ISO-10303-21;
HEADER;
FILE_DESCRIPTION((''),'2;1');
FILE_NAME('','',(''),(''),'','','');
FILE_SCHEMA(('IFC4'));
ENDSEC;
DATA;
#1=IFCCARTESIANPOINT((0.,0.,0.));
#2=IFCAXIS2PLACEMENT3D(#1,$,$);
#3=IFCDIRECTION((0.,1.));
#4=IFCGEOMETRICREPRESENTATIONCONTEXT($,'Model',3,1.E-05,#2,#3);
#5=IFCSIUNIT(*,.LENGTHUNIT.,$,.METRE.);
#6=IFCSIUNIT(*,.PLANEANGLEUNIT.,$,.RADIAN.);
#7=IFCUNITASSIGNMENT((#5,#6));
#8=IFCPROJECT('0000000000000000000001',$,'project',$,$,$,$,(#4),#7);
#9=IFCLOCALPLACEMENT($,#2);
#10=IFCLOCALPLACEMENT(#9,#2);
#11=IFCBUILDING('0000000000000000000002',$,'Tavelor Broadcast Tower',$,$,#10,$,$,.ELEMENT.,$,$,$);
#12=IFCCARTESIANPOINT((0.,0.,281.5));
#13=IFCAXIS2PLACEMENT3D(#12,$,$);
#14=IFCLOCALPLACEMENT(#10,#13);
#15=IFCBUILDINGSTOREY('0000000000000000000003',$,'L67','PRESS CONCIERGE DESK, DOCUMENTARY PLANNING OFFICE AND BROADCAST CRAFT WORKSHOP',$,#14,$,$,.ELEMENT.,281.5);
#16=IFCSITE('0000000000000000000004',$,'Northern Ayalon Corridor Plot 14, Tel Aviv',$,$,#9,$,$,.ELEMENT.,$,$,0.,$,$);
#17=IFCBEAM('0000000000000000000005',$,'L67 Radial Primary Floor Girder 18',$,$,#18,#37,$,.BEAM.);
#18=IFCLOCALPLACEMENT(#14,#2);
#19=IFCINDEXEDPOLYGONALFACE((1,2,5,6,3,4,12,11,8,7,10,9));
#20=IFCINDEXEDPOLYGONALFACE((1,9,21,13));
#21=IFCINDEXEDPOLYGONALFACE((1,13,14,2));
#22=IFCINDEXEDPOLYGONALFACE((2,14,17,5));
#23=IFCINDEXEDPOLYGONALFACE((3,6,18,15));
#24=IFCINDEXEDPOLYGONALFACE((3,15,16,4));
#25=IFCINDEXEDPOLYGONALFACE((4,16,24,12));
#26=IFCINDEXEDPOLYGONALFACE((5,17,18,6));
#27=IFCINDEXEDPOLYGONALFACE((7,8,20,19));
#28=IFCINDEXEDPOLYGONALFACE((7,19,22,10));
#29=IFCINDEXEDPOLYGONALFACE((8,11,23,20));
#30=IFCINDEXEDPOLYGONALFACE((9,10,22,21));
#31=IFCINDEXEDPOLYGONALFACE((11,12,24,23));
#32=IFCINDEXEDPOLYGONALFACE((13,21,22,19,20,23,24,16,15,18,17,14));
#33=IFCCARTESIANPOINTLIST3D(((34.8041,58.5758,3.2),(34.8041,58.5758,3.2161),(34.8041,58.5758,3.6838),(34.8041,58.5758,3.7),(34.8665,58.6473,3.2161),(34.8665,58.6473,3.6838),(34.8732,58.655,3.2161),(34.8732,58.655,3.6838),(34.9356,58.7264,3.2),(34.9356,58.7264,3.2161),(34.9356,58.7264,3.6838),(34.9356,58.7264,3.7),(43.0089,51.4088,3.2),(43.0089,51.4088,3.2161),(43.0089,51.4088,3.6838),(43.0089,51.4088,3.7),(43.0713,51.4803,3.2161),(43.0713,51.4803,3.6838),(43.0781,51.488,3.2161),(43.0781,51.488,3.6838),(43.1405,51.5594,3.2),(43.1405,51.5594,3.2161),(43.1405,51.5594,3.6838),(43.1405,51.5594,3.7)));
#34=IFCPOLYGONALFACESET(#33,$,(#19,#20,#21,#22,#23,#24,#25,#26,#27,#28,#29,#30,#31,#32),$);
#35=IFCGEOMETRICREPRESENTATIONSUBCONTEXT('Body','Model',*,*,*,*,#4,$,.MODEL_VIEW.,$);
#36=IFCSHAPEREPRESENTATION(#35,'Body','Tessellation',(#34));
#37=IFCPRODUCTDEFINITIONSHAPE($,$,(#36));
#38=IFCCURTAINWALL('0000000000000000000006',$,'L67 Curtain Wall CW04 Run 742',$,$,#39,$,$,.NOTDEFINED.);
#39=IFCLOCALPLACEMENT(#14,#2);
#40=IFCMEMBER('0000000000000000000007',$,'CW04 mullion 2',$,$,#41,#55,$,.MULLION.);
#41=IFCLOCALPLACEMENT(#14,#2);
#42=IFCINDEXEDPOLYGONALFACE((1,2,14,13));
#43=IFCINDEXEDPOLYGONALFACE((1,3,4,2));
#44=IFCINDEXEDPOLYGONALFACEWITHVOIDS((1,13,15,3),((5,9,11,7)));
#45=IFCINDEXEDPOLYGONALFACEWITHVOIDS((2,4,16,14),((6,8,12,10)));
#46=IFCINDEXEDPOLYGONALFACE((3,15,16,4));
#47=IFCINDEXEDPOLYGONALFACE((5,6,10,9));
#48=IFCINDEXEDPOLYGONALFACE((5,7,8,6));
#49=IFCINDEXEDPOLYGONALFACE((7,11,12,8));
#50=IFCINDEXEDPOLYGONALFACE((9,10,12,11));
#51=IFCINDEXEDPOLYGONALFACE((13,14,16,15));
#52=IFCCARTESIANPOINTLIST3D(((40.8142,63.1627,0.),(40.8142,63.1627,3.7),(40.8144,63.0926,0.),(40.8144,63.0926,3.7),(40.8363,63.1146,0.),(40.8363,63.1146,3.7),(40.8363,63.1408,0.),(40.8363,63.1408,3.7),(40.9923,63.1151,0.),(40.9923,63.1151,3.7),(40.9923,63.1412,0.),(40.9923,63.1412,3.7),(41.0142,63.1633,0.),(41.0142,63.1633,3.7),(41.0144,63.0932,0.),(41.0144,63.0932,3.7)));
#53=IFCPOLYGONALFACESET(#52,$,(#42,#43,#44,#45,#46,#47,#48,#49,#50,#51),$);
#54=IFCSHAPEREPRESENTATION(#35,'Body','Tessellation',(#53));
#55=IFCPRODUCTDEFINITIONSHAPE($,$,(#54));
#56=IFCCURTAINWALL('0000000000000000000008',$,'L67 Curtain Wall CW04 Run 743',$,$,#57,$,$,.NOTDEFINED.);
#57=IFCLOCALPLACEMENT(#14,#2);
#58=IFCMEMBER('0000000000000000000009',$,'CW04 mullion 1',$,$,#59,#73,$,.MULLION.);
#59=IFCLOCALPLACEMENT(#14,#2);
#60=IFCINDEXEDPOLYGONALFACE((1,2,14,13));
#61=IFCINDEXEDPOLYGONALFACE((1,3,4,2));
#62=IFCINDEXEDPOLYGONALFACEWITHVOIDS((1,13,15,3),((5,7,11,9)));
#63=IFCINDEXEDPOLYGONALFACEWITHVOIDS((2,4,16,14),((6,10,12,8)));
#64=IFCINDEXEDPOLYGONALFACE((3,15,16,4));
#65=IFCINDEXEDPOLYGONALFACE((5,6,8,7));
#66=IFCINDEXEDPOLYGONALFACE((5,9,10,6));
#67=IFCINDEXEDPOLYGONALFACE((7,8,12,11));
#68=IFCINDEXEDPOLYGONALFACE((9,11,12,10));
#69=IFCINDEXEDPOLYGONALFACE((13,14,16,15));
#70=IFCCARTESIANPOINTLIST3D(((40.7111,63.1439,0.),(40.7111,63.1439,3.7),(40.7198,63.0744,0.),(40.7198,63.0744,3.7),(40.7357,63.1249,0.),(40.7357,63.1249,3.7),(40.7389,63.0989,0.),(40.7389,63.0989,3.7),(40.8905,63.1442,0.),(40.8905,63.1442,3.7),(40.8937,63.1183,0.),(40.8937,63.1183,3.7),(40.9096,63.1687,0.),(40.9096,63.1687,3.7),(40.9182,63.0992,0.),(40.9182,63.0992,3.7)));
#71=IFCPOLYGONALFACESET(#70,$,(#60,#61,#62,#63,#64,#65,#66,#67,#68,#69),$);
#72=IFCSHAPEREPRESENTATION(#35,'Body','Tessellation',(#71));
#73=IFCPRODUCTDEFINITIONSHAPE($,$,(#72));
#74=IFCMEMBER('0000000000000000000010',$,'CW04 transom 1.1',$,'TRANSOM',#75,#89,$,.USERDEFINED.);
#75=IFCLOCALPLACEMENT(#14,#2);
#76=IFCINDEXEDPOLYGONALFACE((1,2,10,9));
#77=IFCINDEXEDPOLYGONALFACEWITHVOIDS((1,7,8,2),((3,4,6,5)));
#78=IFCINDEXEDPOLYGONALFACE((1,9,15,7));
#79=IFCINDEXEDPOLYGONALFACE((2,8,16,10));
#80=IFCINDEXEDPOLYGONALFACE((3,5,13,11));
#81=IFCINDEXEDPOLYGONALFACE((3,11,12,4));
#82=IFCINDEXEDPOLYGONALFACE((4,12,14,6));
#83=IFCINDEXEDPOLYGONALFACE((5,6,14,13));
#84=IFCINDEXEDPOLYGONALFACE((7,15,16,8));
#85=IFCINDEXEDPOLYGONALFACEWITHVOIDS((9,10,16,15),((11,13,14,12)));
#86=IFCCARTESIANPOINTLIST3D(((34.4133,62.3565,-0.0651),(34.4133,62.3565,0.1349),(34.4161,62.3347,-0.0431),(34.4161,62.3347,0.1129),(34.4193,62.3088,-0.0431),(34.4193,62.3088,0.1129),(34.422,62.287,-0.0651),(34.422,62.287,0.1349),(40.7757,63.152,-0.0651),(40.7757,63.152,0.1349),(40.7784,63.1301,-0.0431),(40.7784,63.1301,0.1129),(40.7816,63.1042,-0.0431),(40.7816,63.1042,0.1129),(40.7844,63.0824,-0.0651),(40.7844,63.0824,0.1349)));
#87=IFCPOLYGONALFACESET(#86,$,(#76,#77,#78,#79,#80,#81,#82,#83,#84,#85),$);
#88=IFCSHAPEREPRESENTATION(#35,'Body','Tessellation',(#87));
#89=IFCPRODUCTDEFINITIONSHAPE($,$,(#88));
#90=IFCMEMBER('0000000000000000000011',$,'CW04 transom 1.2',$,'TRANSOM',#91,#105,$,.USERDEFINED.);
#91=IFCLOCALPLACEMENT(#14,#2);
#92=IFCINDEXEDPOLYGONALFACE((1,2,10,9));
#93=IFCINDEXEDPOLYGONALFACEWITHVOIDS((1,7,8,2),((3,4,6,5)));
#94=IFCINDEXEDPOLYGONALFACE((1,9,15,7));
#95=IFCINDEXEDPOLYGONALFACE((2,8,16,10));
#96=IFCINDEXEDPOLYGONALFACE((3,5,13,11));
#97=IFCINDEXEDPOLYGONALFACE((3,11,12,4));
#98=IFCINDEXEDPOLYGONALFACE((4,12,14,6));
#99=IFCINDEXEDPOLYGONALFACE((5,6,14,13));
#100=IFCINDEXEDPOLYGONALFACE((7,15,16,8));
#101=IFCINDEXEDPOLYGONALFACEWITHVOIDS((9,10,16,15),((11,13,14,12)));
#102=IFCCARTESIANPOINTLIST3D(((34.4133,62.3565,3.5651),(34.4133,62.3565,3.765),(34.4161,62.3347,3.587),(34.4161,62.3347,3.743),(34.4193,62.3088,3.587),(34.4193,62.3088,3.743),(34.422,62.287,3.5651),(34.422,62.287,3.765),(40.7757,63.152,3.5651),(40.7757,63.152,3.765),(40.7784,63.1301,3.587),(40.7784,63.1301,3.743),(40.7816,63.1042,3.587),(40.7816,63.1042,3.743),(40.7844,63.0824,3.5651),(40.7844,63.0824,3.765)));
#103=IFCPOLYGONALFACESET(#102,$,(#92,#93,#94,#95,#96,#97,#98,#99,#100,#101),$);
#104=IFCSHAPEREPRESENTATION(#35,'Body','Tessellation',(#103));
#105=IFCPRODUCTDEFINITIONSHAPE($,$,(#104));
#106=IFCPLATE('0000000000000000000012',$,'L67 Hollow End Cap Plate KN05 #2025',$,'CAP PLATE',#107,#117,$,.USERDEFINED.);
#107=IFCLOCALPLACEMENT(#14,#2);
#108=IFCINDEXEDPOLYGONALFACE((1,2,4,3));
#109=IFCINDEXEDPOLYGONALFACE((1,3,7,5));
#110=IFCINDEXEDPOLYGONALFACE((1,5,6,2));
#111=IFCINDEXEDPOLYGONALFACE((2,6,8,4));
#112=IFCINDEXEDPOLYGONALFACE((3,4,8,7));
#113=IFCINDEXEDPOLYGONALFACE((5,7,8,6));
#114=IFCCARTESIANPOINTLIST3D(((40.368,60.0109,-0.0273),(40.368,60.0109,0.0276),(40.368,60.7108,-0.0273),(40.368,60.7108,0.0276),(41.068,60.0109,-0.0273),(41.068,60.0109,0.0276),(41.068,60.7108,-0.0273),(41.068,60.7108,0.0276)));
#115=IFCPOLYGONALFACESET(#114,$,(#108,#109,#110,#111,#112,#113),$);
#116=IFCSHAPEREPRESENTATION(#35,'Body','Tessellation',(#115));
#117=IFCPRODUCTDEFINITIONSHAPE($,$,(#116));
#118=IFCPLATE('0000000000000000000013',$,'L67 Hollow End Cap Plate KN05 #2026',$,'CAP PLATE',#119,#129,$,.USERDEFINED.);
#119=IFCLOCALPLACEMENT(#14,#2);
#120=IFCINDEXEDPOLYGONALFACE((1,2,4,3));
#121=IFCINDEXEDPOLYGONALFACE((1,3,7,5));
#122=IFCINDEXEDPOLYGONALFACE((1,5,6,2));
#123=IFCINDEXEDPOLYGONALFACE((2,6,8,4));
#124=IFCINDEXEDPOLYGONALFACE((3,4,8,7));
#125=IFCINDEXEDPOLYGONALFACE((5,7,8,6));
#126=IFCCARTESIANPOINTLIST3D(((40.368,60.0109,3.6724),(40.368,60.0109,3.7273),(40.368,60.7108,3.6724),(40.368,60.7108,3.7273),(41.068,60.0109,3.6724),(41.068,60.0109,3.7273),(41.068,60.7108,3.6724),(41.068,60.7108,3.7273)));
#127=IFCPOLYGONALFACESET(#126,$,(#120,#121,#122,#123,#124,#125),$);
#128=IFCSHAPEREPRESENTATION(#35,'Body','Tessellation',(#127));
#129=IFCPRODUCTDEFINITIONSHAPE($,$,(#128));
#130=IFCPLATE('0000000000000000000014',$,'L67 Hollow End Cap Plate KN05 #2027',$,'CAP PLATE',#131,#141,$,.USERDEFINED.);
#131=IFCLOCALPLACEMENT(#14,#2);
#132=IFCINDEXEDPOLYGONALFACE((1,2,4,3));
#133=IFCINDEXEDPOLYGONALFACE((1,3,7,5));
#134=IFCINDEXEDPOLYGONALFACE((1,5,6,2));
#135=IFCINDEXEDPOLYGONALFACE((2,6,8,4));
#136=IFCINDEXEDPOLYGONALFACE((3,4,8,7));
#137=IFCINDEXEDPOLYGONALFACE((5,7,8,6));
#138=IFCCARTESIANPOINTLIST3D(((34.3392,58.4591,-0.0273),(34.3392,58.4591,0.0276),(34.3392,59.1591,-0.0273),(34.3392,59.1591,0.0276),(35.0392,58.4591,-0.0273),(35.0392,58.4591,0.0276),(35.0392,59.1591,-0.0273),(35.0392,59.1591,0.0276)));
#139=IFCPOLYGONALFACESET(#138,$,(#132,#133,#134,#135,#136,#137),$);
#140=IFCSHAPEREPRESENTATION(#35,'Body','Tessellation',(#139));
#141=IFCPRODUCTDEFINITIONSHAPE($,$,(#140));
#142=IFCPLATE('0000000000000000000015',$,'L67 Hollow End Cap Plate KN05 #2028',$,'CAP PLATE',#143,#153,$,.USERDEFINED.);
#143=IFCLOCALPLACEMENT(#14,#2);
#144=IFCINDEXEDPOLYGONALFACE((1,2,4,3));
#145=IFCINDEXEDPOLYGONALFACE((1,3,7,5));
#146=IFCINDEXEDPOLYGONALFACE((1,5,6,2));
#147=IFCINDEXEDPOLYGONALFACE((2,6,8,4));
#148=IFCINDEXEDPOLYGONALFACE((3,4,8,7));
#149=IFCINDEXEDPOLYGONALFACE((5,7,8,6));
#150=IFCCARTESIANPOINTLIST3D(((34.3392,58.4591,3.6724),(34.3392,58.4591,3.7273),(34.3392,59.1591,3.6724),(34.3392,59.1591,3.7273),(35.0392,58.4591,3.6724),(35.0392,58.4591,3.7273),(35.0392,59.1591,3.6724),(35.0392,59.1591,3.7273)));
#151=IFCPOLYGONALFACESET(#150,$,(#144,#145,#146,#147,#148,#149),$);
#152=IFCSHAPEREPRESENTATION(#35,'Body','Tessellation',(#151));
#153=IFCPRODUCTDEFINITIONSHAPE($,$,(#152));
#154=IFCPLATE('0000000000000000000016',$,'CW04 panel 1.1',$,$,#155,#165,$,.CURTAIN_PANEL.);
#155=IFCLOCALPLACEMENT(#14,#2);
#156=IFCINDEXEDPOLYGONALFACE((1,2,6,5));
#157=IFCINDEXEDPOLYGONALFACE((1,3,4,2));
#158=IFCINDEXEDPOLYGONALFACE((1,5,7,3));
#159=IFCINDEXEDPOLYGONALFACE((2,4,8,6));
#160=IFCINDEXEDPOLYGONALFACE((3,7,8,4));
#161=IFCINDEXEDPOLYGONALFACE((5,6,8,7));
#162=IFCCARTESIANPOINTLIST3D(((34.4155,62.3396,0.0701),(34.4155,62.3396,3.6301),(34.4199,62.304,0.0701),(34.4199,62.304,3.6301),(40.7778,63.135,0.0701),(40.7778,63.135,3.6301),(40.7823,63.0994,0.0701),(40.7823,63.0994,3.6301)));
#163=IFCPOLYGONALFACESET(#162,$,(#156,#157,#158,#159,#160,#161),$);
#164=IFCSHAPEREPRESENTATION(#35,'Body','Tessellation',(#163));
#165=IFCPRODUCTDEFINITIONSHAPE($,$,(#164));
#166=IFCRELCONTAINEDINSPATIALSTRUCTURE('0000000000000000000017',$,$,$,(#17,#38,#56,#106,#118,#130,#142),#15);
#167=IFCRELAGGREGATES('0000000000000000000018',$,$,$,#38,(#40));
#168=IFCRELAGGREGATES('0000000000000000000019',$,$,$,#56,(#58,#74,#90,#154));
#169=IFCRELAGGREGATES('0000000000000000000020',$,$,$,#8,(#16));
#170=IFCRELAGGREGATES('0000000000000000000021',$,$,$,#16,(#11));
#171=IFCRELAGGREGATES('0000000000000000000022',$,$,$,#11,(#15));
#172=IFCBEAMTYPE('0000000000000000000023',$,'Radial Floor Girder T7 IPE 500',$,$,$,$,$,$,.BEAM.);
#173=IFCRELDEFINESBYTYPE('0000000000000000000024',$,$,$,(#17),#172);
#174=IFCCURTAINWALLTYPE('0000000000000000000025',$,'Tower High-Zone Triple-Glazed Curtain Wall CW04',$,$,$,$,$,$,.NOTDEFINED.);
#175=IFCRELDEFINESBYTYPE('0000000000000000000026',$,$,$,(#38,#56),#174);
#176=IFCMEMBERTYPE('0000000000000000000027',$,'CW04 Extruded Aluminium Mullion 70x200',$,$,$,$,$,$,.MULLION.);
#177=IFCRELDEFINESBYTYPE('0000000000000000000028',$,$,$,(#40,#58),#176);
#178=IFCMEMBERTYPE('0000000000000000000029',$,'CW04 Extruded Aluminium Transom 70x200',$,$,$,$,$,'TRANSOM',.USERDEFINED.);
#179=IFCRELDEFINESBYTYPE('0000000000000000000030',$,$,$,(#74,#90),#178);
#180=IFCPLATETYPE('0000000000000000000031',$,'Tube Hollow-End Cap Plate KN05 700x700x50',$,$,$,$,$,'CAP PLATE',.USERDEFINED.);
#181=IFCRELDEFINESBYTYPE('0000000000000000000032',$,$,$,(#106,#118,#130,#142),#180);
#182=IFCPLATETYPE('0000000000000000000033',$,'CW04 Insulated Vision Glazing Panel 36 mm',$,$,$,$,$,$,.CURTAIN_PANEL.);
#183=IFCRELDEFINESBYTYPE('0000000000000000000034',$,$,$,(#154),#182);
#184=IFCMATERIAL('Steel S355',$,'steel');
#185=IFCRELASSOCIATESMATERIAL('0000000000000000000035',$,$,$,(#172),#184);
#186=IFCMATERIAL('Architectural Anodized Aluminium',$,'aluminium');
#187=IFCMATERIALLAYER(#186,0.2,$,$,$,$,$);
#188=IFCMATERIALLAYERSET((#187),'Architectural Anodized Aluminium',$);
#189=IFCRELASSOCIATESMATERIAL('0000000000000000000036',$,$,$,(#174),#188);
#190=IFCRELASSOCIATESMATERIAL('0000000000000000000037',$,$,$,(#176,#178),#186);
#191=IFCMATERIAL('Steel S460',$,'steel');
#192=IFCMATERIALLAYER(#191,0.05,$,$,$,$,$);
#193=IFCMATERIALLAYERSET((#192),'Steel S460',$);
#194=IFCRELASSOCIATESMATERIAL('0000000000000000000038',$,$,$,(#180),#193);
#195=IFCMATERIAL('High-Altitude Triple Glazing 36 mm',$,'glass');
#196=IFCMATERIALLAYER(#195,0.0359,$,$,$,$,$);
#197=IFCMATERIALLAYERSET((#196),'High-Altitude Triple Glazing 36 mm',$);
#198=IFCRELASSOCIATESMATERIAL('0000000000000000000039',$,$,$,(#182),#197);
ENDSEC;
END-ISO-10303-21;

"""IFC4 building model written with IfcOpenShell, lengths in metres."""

from ifc_helpers import new_model, si_unit, direction, frame, origin, origin_2d, place, context, subcontext, project, spatial, rectangle, hollow_rectangle, i_section, extrude, source, transform, mapped, material, layer, layer_set, material_profile, profile_set, type_object, type_shapes, element, aggregate, save


model = new_model("IFC4")

# Units and contexts
model_context = context("Model", 3, precision=1e-05, world=origin(), true_north=direction((0.0, 1.0)))
body_context = subcontext(model_context, "Body", "Model", "MODEL_VIEW")
ifc_project = project(units=[si_unit("LENGTHUNIT", "METRE"), si_unit("PLANEANGLEUNIT", "RADIAN")], contexts=[model_context])

# Site, building, storey
site_placement = place(None, origin())
site = spatial("IfcSite", under=ifc_project, at=site_placement, Name="Northern Ayalon Corridor Plot 14, Tel Aviv", CompositionType="ELEMENT", RefElevation=0.0)
building_placement = place(site_placement, origin())
building = spatial("IfcBuilding", under=site, at=building_placement, Name="Tavelor Broadcast Tower", CompositionType="ELEMENT")
storey_placement = place(building_placement, frame((0.0, 0.0, 281.5)))
storey = spatial("IfcBuildingStorey", under=building, at=storey_placement, Name="L67", Description="PRESS CONCIERGE DESK, DOCUMENTARY PLANNING OFFICE AND BROADCAST CRAFT WORKSHOP", CompositionType="ELEMENT", Elevation=281.5)

# Shared definitions
ifc_material_1 = material(Name="Steel S460", Category="steel")

# Beam
ifc_material_2 = material(Name="Steel S355", Category="steel")
ifc_material_profile_1 = material_profile(ifc_material_2, i_section(OverallWidth=0.2, OverallDepth=0.5, WebThickness=0.0103, FlangeThickness=0.0161, at=origin_2d()), Name="IPE 500")
ifc_profile_set_1 = profile_set([ifc_material_profile_1], Name="Steel S355")
beam_type_1 = type_object("IfcBeamType", Name="Radial Floor Girder T7 IPE 500", PredefinedType="BEAM", material=ifc_profile_set_1)
beam_1_placement = place(storey_placement, frame((43.0747, 51.4841, 3.45), z_axis=(-0.753133, 0.657868, 0.0), x_axis=(-0.657868, -0.753133, 0.0)))
element("IfcBeam", 1, at=beam_1_placement, inside=storey, type_object=beam_type_1, Name="L67 Radial Primary Floor Girder 18", PredefinedType="BEAM", context=body_context, shape_type="SweptSolid", body=[
    extrude(i_section(OverallWidth=0.2, OverallDepth=0.5, WebThickness=0.0103, FlangeThickness=0.0161, at=origin_2d()), origin(), (0.0, 0.0, 1.0), 10.8943),
])

# Curtain wall, member
ifc_material_3 = material(Name="Architectural Anodized Aluminium", Category="aluminium")
ifc_layer_1 = layer(ifc_material_3, 0.2)
ifc_layer_set_1 = layer_set([ifc_layer_1], Name="Architectural Anodized Aluminium")
curtain_wall_type = type_object("IfcCurtainWallType", Name="Tower High-Zone Triple-Glazed Curtain Wall CW04", PredefinedType="NOTDEFINED", material=ifc_layer_set_1)
curtain_wall_1_placement = place(storey_placement, origin())
curtain_wall_1 = element("IfcCurtainWall", 2, at=curtain_wall_1_placement, inside=storey, type_object=curtain_wall_type, Name="L67 Curtain Wall CW04 Run 742", PredefinedType="NOTDEFINED")
ifc_material_profile_2 = material_profile(ifc_material_3, hollow_rectangle(XDim=0.0701, YDim=0.2, WallThickness=0.022, at=origin_2d()), Name="RHS 70x200x22")
ifc_profile_set_2 = profile_set([ifc_material_profile_2], Name="Architectural Anodized Aluminium")
member_type_1 = type_object("IfcMemberType", Name="CW04 Extruded Aluminium Mullion 70x200", PredefinedType="MULLION", material=ifc_profile_set_2)
shared_shape_1 = source(origin(), body_context, "Body", "SweptSolid", [
    extrude(hollow_rectangle(XDim=0.0701, YDim=0.2, WallThickness=0.022, at=origin_2d()), origin(), (0.0, 0.0, 1.0), 3.7),
])
type_shapes(member_type_1, [shared_shape_1])
member_1_placement = place(storey_placement, frame((40.9143, 63.1279, 0.0), z_axis=(0.0, 0.0, 1.0), x_axis=(0.003052, -0.999995, 0.0)))
member_1 = element("IfcMember", 3, at=member_1_placement, type_object=member_type_1, Name="CW04 mullion 2", PredefinedType="MULLION", context=body_context, shape_type="MappedRepresentation", body=[
    mapped(shared_shape_1, transform((0.0, 0.0, 0.0), scale=1.0)),
])
aggregate(curtain_wall_1, [member_1])

# Curtain wall, members
curtain_wall_2_placement = place(storey_placement, origin())
curtain_wall_2 = element("IfcCurtainWall", 4, at=curtain_wall_2_placement, inside=storey, type_object=curtain_wall_type, Name="L67 Curtain Wall CW04 Run 743", PredefinedType="NOTDEFINED")
member_2_placement = place(storey_placement, frame((40.8147, 63.1216, 0.0), z_axis=(0.0, 0.0, 1.0), x_axis=(0.124057, -0.992275, 0.0)))
member_2 = element("IfcMember", 5, at=member_2_placement, type_object=member_type_1, Name="CW04 mullion 1", PredefinedType="MULLION", context=body_context, shape_type="MappedRepresentation", body=[
    mapped(shared_shape_1, transform((0.0, 0.0, 0.0), scale=1.0)),
])
ifc_material_profile_3 = material_profile(ifc_material_3, hollow_rectangle(XDim=0.0701, YDim=0.2, WallThickness=0.022, at=origin_2d()), Name="RHS 70x200x22")
ifc_profile_set_3 = profile_set([ifc_material_profile_3], Name="Architectural Anodized Aluminium")
member_type_2 = type_object("IfcMemberType", Name="CW04 Extruded Aluminium Transom 70x200", ElementType="TRANSOM", PredefinedType="USERDEFINED", material=ifc_profile_set_3)
shared_shape_2 = source(origin(), body_context, "Body", "SweptSolid", [
    extrude(hollow_rectangle(XDim=0.0701, YDim=0.2, WallThickness=0.022, at=origin_2d()), origin(), (0.0, 0.0, 1.0), 6.4119),
])
type_shapes(member_type_2, [shared_shape_2])
member_3_placement = place(storey_placement, frame((40.78, 63.1172, 0.0349), z_axis=(-0.992276, -0.124053, 0.0), x_axis=(0.124053, -0.992276, 0.0)))
member_3 = element("IfcMember", 6, at=member_3_placement, type_object=member_type_2, Name="CW04 transom 1.1", ObjectType="TRANSOM", PredefinedType="USERDEFINED", context=body_context, shape_type="MappedRepresentation", body=[
    mapped(shared_shape_2, transform((0.0, 0.0, 0.0), scale=1.0)),
])
member_4_placement = place(storey_placement, frame((40.78, 63.1172, 3.665), z_axis=(-0.992276, -0.124053, 0.0), x_axis=(0.124053, -0.992276, 0.0)))
member_4 = element("IfcMember", 7, at=member_4_placement, type_object=member_type_2, Name="CW04 transom 1.2", ObjectType="TRANSOM", PredefinedType="USERDEFINED", context=body_context, shape_type="MappedRepresentation", body=[
    mapped(shared_shape_2, transform((0.0, 0.0, 0.0), scale=1.0)),
])

# Plates
ifc_layer_2 = layer(ifc_material_1, 0.05)
ifc_layer_set_2 = layer_set([ifc_layer_2], Name="Steel S460")
plate_type_1 = type_object("IfcPlateType", Name="Tube Hollow-End Cap Plate KN05 700x700x50", ElementType="CAP PLATE", PredefinedType="USERDEFINED", material=ifc_layer_set_2)
shared_shape_3 = source(origin(), body_context, "Body", "SweptSolid", [
    extrude(rectangle(XDim=0.7, YDim=0.7, at=origin_2d()), origin(), (0.0, 0.0, 1.0), 0.0549),
])
type_shapes(plate_type_1, [shared_shape_3])
for number, where, z_axis, x_axis, name in (
    (8, (40.718, 60.3608, -0.0273), (0.0, 0.0, 1.0), (1.0, 0.0, 0.0), "L67 Hollow End Cap Plate KN05 #2025"),
    (9, (40.718, 60.3608, 3.6724), (0.0, 0.0, 1.0), (1.0, 0.0, 0.0), "L67 Hollow End Cap Plate KN05 #2026"),
    (10, (34.6892, 58.8091, -0.0273), (0.0, 0.0, 1.0), (1.0, 0.0, 0.0), "L67 Hollow End Cap Plate KN05 #2027"),
    (11, (34.6892, 58.8091, 3.6724), (0.0, 0.0, 1.0), (1.0, 0.0, 0.0), "L67 Hollow End Cap Plate KN05 #2028"),
):
    element("IfcPlate", number, at=place(storey_placement, frame(where, z_axis=z_axis, x_axis=x_axis)), inside=storey, type_object=plate_type_1, Name=name, ObjectType="CAP PLATE", PredefinedType="USERDEFINED", context=body_context, shape_type="MappedRepresentation", body=[
        mapped(shared_shape_3, transform((0.0, 0.0, 0.0), scale=1.0)),
    ])

# Plate
ifc_material_4 = material(Name="High-Altitude Triple Glazing 36 mm", Category="glass")
ifc_layer_3 = layer(ifc_material_4, 0.0359)
ifc_layer_set_3 = layer_set([ifc_layer_3], Name="High-Altitude Triple Glazing 36 mm")
plate_type_2 = type_object("IfcPlateType", Name="CW04 Insulated Vision Glazing Panel 36 mm", PredefinedType="CURTAIN_PANEL", material=ifc_layer_set_3)
shared_shape_4 = source(origin(), body_context, "Body", "SweptSolid", [
    extrude(rectangle(XDim=6.4119, YDim=0.0359, at=origin_2d()), origin(), (0.0, 0.0, 1.0), 3.5601),
])
type_shapes(plate_type_2, [shared_shape_4])
plate_placement = place(storey_placement, frame((37.5989, 62.7195, 0.0701), z_axis=(0.0, 0.0, 1.0), x_axis=(-0.992275, -0.124057, 0.0)))
plate = element("IfcPlate", 12, at=plate_placement, type_object=plate_type_2, Name="CW04 panel 1.1", PredefinedType="CURTAIN_PANEL", context=body_context, shape_type="MappedRepresentation", body=[
    mapped(shared_shape_4, transform((0.0, 0.0, 0.0), scale=1.0)),
])
aggregate(curtain_wall_2, [member_2, member_3, member_4, plate])

save(model, "model.ifc")
